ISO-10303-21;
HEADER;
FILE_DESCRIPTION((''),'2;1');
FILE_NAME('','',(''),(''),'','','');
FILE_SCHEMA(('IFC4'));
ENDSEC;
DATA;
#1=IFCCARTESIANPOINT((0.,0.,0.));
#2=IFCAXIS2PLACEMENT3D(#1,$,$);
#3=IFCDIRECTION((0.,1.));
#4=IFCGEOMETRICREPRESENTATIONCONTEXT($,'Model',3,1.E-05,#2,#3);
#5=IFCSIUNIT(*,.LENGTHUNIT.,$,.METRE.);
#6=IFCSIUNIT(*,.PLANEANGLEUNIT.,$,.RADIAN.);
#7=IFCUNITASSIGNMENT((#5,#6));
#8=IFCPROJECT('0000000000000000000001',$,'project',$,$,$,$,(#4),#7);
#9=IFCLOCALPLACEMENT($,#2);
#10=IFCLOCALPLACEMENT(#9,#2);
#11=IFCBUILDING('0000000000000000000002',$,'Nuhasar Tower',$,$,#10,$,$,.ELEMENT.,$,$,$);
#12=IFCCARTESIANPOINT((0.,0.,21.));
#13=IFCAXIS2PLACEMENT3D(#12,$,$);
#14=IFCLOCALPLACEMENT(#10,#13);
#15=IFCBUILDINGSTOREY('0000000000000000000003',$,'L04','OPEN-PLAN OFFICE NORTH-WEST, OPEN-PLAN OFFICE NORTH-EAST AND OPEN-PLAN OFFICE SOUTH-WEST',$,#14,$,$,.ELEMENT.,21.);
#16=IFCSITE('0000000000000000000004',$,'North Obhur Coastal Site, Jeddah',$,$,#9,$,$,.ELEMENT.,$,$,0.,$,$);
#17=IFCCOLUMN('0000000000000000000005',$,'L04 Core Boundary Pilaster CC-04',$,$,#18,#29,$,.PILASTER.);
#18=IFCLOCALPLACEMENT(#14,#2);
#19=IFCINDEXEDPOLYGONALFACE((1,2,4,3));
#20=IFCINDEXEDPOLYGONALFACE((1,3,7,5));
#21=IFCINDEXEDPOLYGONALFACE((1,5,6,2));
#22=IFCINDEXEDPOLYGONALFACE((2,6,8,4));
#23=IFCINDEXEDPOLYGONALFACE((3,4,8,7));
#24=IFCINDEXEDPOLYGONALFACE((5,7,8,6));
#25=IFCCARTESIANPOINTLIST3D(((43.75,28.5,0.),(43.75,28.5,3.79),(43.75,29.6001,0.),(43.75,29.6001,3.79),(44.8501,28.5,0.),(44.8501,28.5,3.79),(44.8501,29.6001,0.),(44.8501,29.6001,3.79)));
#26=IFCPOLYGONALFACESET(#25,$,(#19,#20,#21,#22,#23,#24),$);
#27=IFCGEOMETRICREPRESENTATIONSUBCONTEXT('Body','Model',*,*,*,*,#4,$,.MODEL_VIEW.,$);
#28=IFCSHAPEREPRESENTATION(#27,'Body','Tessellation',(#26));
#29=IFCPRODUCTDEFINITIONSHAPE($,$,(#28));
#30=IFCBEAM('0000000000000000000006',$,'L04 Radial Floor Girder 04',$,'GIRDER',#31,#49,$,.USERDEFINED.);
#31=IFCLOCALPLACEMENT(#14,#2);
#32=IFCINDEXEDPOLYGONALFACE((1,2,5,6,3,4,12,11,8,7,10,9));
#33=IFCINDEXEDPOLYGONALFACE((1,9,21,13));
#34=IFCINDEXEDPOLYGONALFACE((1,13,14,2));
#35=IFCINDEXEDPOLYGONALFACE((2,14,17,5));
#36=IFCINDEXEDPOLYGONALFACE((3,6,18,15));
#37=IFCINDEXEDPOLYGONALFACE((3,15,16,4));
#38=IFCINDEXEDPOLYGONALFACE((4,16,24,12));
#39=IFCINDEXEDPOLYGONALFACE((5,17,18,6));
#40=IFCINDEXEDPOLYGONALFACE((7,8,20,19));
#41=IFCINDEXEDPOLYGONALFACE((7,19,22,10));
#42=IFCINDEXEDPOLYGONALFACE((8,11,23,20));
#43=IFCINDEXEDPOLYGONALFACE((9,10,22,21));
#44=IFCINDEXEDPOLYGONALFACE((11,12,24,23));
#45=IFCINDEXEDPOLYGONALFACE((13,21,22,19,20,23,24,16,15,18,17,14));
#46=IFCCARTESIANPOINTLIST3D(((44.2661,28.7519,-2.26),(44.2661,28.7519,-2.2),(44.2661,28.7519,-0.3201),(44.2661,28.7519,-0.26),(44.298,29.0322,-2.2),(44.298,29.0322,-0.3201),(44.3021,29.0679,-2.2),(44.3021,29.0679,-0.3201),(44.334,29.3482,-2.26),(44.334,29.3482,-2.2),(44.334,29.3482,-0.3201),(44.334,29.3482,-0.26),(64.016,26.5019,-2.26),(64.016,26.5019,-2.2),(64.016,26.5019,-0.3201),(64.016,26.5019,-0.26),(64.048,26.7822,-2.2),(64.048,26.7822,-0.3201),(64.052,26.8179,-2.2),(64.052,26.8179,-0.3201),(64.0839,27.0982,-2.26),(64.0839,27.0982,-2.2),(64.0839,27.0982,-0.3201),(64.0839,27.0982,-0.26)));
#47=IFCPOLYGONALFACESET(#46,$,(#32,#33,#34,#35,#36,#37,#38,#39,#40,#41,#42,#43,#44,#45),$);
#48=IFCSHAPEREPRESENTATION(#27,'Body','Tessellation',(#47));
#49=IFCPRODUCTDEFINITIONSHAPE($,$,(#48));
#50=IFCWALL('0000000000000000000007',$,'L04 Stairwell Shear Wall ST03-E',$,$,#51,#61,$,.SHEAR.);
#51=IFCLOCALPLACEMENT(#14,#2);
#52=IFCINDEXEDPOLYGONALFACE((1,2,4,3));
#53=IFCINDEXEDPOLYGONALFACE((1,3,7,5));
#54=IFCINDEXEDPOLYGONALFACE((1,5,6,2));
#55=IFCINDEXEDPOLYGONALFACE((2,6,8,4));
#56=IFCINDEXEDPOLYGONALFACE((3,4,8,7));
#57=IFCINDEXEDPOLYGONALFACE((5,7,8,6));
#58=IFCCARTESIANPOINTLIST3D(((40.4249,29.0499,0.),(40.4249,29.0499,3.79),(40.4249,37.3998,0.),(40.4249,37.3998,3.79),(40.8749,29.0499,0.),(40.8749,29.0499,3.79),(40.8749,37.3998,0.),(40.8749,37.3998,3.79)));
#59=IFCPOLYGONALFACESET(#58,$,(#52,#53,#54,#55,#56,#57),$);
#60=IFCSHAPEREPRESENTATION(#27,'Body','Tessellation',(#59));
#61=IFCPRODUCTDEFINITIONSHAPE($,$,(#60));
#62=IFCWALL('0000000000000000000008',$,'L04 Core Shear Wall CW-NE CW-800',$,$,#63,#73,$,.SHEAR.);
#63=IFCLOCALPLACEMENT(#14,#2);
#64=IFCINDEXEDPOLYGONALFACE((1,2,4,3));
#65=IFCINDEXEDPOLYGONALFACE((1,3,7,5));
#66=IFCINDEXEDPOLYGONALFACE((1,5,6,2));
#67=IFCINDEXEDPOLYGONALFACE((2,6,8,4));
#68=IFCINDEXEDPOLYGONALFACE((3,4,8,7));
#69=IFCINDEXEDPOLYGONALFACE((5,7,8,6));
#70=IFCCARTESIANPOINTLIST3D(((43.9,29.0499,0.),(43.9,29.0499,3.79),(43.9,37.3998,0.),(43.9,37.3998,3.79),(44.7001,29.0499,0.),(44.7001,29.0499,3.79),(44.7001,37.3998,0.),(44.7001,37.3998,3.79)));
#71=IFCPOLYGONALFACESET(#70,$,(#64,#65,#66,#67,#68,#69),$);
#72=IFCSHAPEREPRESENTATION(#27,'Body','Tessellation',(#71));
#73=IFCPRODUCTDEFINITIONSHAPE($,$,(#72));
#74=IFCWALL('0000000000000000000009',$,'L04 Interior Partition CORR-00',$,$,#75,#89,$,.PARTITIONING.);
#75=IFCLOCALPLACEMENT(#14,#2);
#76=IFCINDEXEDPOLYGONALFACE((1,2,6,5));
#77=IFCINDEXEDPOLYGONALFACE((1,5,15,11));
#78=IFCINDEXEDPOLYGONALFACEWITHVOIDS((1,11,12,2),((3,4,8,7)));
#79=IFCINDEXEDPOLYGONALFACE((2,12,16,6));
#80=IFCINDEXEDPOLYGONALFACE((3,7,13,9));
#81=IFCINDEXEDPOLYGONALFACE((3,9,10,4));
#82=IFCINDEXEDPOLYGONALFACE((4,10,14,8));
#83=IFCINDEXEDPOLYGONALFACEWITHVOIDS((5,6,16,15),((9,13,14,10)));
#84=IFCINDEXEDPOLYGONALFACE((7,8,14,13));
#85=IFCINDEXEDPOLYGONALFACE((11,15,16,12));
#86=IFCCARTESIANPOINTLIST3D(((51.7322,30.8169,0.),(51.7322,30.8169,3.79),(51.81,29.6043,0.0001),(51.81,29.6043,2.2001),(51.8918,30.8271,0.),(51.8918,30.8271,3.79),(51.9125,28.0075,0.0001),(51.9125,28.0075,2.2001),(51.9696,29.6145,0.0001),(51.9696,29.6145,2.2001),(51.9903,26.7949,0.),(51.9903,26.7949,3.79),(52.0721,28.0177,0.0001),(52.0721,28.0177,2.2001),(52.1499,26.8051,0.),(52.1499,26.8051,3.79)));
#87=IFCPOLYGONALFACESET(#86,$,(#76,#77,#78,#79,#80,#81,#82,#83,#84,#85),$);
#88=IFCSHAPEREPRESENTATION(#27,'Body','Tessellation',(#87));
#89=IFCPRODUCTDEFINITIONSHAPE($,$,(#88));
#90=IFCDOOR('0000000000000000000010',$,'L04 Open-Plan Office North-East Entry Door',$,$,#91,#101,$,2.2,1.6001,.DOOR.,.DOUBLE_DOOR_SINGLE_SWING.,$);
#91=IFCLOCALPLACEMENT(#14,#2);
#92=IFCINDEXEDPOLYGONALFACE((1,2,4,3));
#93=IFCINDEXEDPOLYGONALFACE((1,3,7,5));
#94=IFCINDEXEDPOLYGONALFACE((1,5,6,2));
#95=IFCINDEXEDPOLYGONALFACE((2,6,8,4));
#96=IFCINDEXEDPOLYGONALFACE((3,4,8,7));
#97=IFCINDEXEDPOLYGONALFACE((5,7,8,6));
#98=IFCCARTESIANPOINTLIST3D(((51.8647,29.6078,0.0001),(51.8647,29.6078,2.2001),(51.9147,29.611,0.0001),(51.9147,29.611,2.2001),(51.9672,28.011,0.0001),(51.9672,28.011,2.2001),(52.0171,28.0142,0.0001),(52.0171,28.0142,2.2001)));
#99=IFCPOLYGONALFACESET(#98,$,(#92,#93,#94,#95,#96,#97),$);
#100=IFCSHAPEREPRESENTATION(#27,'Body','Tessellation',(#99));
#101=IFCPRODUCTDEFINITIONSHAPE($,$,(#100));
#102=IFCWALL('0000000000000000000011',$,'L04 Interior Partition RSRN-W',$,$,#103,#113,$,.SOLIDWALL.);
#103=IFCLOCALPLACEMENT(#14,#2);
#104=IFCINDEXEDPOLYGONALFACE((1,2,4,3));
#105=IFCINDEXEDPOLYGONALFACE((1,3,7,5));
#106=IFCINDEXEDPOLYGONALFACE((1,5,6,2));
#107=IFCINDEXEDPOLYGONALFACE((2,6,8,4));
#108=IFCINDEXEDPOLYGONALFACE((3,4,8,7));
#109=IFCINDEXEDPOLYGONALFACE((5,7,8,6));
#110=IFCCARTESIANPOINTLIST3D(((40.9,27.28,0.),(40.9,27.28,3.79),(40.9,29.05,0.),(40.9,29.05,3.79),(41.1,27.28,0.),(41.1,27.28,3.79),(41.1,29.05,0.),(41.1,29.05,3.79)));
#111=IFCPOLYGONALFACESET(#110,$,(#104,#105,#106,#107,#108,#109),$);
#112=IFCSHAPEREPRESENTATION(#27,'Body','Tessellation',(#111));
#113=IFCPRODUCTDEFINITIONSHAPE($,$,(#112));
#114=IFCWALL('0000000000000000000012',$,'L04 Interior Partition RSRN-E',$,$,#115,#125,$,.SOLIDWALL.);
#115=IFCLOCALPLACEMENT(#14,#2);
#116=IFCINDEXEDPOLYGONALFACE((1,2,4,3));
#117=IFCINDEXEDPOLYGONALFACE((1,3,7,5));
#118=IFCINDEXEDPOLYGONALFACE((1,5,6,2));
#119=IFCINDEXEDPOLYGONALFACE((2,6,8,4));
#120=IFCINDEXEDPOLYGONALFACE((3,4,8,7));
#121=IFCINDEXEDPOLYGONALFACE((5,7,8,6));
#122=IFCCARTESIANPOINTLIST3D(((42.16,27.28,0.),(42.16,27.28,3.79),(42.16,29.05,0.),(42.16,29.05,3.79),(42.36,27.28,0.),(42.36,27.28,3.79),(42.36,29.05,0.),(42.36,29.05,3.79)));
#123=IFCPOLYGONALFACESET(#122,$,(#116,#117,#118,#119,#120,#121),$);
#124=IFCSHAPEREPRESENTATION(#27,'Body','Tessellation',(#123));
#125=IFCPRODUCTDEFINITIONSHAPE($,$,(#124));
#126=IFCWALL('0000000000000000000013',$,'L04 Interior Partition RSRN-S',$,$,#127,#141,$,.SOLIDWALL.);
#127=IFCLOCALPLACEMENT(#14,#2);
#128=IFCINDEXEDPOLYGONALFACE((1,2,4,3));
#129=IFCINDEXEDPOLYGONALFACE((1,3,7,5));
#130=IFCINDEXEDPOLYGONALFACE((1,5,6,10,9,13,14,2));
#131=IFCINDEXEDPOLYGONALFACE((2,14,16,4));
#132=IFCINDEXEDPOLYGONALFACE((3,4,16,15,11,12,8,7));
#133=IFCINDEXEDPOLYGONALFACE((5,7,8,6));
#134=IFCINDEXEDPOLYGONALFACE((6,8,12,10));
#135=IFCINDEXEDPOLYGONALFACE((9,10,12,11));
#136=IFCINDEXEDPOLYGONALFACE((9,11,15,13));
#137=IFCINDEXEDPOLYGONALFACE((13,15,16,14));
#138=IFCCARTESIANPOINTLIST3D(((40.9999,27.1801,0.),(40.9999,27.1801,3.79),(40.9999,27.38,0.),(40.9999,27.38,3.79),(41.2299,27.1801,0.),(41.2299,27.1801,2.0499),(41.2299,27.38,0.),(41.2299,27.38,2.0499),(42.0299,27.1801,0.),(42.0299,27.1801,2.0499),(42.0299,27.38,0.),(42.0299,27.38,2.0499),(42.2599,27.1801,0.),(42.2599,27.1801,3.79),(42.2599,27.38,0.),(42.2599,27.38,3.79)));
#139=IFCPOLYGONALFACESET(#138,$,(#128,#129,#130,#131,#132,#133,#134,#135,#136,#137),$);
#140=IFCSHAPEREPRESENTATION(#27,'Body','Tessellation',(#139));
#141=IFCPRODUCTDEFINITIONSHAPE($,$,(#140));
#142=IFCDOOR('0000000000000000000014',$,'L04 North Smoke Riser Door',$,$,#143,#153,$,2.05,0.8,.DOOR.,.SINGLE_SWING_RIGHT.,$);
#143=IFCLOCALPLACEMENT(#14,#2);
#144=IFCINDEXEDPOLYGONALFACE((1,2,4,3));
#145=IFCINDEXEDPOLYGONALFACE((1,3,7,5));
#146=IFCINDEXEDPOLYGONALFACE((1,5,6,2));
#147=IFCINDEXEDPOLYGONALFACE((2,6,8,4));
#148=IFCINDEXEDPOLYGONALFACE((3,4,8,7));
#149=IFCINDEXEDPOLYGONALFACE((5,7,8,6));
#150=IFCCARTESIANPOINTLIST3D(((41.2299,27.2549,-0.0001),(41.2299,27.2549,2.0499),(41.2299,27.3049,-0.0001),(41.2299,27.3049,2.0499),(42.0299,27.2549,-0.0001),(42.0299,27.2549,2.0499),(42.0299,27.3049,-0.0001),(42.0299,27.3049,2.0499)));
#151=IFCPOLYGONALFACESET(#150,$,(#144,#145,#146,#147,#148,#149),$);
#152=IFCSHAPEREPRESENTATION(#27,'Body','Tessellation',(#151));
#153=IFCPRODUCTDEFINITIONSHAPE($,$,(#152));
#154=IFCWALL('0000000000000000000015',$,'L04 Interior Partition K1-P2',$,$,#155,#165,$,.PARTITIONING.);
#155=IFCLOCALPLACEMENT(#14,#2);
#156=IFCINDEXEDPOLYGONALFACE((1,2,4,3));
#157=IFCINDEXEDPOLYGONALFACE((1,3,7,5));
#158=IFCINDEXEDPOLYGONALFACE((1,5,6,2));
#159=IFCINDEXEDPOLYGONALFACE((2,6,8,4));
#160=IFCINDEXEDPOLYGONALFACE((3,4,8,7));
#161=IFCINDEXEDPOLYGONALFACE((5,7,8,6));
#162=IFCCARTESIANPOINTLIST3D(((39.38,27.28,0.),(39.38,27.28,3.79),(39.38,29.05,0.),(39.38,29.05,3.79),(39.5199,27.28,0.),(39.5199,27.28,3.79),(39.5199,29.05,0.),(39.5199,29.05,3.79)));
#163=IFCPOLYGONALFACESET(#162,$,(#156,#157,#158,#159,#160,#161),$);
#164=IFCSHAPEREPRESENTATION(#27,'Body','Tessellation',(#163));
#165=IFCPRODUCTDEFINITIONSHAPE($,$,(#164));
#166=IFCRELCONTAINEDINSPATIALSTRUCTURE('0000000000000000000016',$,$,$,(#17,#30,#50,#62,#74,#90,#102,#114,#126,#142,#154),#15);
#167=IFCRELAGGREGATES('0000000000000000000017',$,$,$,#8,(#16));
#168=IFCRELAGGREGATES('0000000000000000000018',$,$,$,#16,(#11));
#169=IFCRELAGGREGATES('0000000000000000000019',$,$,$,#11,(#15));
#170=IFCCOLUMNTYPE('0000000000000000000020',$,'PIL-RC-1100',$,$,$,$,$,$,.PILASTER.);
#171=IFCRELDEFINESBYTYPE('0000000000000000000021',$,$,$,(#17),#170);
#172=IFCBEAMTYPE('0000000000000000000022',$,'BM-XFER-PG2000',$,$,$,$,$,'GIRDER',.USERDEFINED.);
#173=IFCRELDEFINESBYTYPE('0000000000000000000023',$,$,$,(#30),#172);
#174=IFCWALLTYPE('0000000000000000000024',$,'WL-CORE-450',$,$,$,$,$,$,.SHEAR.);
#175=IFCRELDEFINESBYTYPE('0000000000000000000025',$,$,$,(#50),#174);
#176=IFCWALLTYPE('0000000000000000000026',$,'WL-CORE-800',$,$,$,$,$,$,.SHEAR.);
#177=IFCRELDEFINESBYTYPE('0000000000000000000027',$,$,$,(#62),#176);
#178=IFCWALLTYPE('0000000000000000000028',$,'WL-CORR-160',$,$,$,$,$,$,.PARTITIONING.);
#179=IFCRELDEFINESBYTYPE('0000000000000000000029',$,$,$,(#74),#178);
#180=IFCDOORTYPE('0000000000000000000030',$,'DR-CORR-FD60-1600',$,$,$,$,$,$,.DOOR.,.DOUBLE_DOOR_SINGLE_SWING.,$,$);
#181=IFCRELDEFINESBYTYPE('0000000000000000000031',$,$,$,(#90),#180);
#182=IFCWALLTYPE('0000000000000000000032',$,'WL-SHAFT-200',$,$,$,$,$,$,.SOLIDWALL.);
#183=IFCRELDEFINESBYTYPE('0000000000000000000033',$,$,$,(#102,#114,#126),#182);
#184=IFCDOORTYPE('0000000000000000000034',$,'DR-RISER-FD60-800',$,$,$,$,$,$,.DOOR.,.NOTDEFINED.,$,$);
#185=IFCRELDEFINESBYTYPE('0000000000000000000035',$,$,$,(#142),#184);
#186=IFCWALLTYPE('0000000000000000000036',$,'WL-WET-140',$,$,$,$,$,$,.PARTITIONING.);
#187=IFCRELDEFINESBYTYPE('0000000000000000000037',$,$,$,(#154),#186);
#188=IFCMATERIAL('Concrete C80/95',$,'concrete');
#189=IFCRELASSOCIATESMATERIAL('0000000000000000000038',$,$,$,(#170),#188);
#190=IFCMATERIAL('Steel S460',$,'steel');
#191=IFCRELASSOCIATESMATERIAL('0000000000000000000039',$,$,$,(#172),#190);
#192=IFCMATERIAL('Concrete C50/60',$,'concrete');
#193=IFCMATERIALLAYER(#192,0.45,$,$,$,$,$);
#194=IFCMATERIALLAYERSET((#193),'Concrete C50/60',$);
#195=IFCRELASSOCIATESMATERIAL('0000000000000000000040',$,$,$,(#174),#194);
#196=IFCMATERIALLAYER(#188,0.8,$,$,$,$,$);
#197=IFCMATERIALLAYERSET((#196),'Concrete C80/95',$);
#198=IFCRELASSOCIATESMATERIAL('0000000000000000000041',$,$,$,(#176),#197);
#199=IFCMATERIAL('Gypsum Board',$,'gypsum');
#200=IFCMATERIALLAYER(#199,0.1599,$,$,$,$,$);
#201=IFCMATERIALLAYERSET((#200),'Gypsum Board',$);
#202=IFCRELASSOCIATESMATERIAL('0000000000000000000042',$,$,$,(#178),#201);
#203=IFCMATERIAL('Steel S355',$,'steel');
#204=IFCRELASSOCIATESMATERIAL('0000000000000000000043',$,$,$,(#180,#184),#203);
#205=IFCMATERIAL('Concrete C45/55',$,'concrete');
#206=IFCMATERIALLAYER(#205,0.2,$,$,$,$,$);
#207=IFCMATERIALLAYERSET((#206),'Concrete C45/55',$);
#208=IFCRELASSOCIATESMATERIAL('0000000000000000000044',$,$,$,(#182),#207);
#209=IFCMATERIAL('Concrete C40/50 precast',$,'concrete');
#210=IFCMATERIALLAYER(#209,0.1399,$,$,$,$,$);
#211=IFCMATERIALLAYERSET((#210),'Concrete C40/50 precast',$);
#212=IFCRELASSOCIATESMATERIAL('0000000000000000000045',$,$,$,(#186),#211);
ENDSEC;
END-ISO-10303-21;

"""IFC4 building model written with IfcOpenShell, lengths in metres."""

from ifc_helpers import new_model, si_unit, direction, frame, frame_2d, origin, origin_2d, place, context, subcontext, project, spatial, rectangle, i_section, extrude, material, layer, layer_set, material_profile, profile_set, type_object, element, fill, save


model = new_model("IFC4")

# Units and contexts
model_context = context("Model", 3, precision=1e-05, world=origin(), true_north=direction((0.0, 1.0)))
body_context = subcontext(model_context, "Body", "Model", "MODEL_VIEW")
ifc_project = project(units=[si_unit("LENGTHUNIT", "METRE"), si_unit("PLANEANGLEUNIT", "RADIAN")], contexts=[model_context])

# Site, building, storey
site_placement = place(None, origin())
site = spatial("IfcSite", under=ifc_project, at=site_placement, Name="North Obhur Coastal Site, Jeddah", CompositionType="ELEMENT", RefElevation=0.0)
building_placement = place(site_placement, origin())
building = spatial("IfcBuilding", under=site, at=building_placement, Name="Nuhasar Tower", CompositionType="ELEMENT")
storey_placement = place(building_placement, frame((0.0, 0.0, 21.0)))
storey = spatial("IfcBuildingStorey", under=building, at=storey_placement, Name="L04", Description="OPEN-PLAN OFFICE NORTH-WEST, OPEN-PLAN OFFICE NORTH-EAST AND OPEN-PLAN OFFICE SOUTH-WEST", CompositionType="ELEMENT", Elevation=21.0)

# Column
ifc_material_1 = material(Name="Concrete C80/95", Category="concrete")
ifc_material_profile_1 = material_profile(ifc_material_1, rectangle(XDim=1.1001, YDim=1.1001, at=origin_2d()), Name="RC1100X1100")
ifc_profile_set_1 = profile_set([ifc_material_profile_1], Name="Concrete C80/95")
column_type = type_object("IfcColumnType", Name="PIL-RC-1100", PredefinedType="PILASTER", material=ifc_profile_set_1)
column_placement = place(storey_placement, frame((44.3, 29.05, 0.0), z_axis=(0.0, 0.0, 1.0), x_axis=(1.0, 0.0, 0.0)))
element("IfcColumn", 1, at=column_placement, inside=storey, type_object=column_type, Name="L04 Core Boundary Pilaster CC-04", PredefinedType="PILASTER", context=body_context, shape_type="SweptSolid", body=[
    extrude(rectangle(XDim=1.1001, YDim=1.1001, at=origin_2d()), origin(), (0.0, 0.0, 1.0), 3.79),
])

# Beam
ifc_material_2 = material(Name="Steel S460", Category="steel")
ifc_material_profile_2 = material_profile(ifc_material_2, i_section(OverallWidth=0.6001, OverallDepth=2.0, WebThickness=0.0359, FlangeThickness=0.0601, at=origin_2d()), Name="PG2000X600")
ifc_profile_set_2 = profile_set([ifc_material_profile_2], Name="Steel S460")
beam_type = type_object("IfcBeamType", Name="BM-XFER-PG2000", ElementType="GIRDER", PredefinedType="USERDEFINED", material=ifc_profile_set_2)
beam_placement = place(storey_placement, frame((44.3, 29.05, -1.26), z_axis=(0.993573, -0.113192, 0.0), x_axis=(0.113192, 0.993573, 0.0)))
element("IfcBeam", 2, at=beam_placement, inside=storey, type_object=beam_type, Name="L04 Radial Floor Girder 04", ObjectType="GIRDER", PredefinedType="USERDEFINED", context=body_context, shape_type="SweptSolid", body=[
    extrude(i_section(OverallWidth=0.6001, OverallDepth=2.0, WebThickness=0.0359, FlangeThickness=0.0601, at=origin_2d()), origin(), (0.0, 0.0, 1.0), 19.8777),
])

# Walls
ifc_material_3 = material(Name="Concrete C50/60", Category="concrete")
ifc_layer_1 = layer(ifc_material_3, 0.45)
ifc_layer_set_1 = layer_set([ifc_layer_1], Name="Concrete C50/60")
wall_type_1 = type_object("IfcWallType", Name="WL-CORE-450", PredefinedType="SHEAR", material=ifc_layer_set_1)
wall_1_placement = place(storey_placement, frame((40.6499, 29.05, 0.0), z_axis=(0.0, 0.0, 1.0), x_axis=(0.0, 1.0, 0.0)))
element("IfcWall", 3, at=wall_1_placement, inside=storey, type_object=wall_type_1, Name="L04 Stairwell Shear Wall ST03-E", PredefinedType="SHEAR", context=body_context, shape_type="SweptSolid", body=[
    extrude(rectangle(XDim=8.3499, YDim=0.45, at=frame_2d((4.1748, 0.0))), origin(), (0.0, 0.0, 1.0), 3.79),
])
ifc_layer_2 = layer(ifc_material_1, 0.8)
ifc_layer_set_2 = layer_set([ifc_layer_2], Name="Concrete C80/95")
wall_type_2 = type_object("IfcWallType", Name="WL-CORE-800", PredefinedType="SHEAR", material=ifc_layer_set_2)
wall_2_placement = place(storey_placement, frame((44.3, 29.05, 0.0), z_axis=(0.0, 0.0, 1.0), x_axis=(0.0, 1.0, 0.0)))
element("IfcWall", 4, at=wall_2_placement, inside=storey, type_object=wall_type_2, Name="L04 Core Shear Wall CW-NE CW-800", PredefinedType="SHEAR", context=body_context, shape_type="SweptSolid", body=[
    extrude(rectangle(XDim=8.3499, YDim=0.8, at=frame_2d((4.1748, 0.0))), origin(), (0.0, 0.0, 1.0), 3.79),
])

# Wall, opening, door
ifc_material_4 = material(Name="Gypsum Board", Category="gypsum")
ifc_layer_3 = layer(ifc_material_4, 0.1599)
ifc_layer_set_3 = layer_set([ifc_layer_3], Name="Gypsum Board")
wall_type_3 = type_object("IfcWallType", Name="WL-CORR-160", PredefinedType="PARTITIONING", material=ifc_layer_set_3)
wall_3_placement = place(storey_placement, frame((51.812, 30.822, 0.0), z_axis=(0.0, 0.0, 1.0), x_axis=(0.06403, -0.997948, 0.0)))
wall_3 = element("IfcWall", 5, at=wall_3_placement, inside=storey, type_object=wall_type_3, Name="L04 Interior Partition CORR-00", PredefinedType="PARTITIONING", context=body_context, shape_type="SweptSolid", body=[
    extrude(rectangle(XDim=4.0303, YDim=0.1599, at=frame_2d((2.0151, 0.0))), origin(), (0.0, 0.0, 1.0), 3.79),
])
opening_1_placement = place(wall_3_placement, frame((1.2151, 0.0, 0.0)))
opening_1 = element("IfcOpeningElement", 6, at=opening_1_placement, cuts=wall_3, PredefinedType="OPENING", context=body_context, shape_type="SweptSolid", body=[
    extrude(rectangle(XDim=1.6001, YDim=2.2, at=frame_2d((0.8, 1.1001))), frame((0.0, 0.0898, 0.0), z_axis=(0.0, -1.0, 0.0), x_axis=(1.0, 0.0, 0.0)), (0.0, 0.0, 1.0), 0.1799),
])
ifc_material_5 = material(Name="Steel S355", Category="steel")
door_type_1 = type_object("IfcDoorType", Name="DR-CORR-FD60-1600", OperationType="DOUBLE_DOOR_SINGLE_SWING", PredefinedType="DOOR", material=ifc_material_5)
door_1_placement = place(opening_1_placement, origin())
door_1 = element("IfcDoor", 7, at=door_1_placement, inside=storey, type_object=door_type_1, Name="L04 Open-Plan Office North-East Entry Door", OperationType="DOUBLE_DOOR_SINGLE_SWING", OverallHeight=2.2, OverallWidth=1.6001, PredefinedType="DOOR", context=body_context, shape_type="SweptSolid", body=[
    extrude(rectangle(XDim=1.6001, YDim=2.2, at=frame_2d((0.8, 1.1001))), frame((0.0, 0.0249, 0.0), z_axis=(0.0, -1.0, 0.0), x_axis=(1.0, 0.0, 0.0)), (0.0, 0.0, 1.0), 0.05),
])
fill(opening_1, door_1)

# Walls
ifc_material_6 = material(Name="Concrete C45/55", Category="concrete")
ifc_layer_4 = layer(ifc_material_6, 0.2)
ifc_layer_set_4 = layer_set([ifc_layer_4], Name="Concrete C45/55")
wall_type_4 = type_object("IfcWallType", Name="WL-SHAFT-200", PredefinedType="SOLIDWALL", material=ifc_layer_set_4)
for number, where, z_axis, x_axis, name in (
    (8, (41.0, 27.28, 0.0), (0.0, 0.0, 1.0), (0.0, 1.0, 0.0), "L04 Interior Partition RSRN-W"),
    (9, (42.26, 27.28, 0.0), (0.0, 0.0, 1.0), (0.0, 1.0, 0.0), "L04 Interior Partition RSRN-E"),
):
    element("IfcWall", number, at=place(storey_placement, frame(where, z_axis=z_axis, x_axis=x_axis)), inside=storey, type_object=wall_type_4, Name=name, PredefinedType="SOLIDWALL", context=body_context, shape_type="SweptSolid", body=[
        extrude(rectangle(XDim=1.77, YDim=0.2, at=frame_2d((0.885, 0.0))), origin(), (0.0, 0.0, 1.0), 3.79),
    ])

# Wall, opening, door
wall_4_placement = place(storey_placement, frame((41.0, 27.28, 0.0), z_axis=(0.0, 0.0, 1.0), x_axis=(1.0, 0.0, 0.0)))
wall_4 = element("IfcWall", 10, at=wall_4_placement, inside=storey, type_object=wall_type_4, Name="L04 Interior Partition RSRN-S", PredefinedType="SOLIDWALL", context=body_context, shape_type="SweptSolid", body=[
    extrude(rectangle(XDim=1.26, YDim=0.2, at=frame_2d((0.6299, 0.0))), origin(), (0.0, 0.0, 1.0), 3.79),
])
opening_2_placement = place(wall_4_placement, frame((0.23, 0.0, 0.0)))
opening_2 = element("IfcOpeningElement", 11, at=opening_2_placement, cuts=wall_4, PredefinedType="OPENING", context=body_context, shape_type="SweptSolid", body=[
    extrude(rectangle(XDim=0.8, YDim=2.05, at=frame_2d((0.3999, 1.0249))), frame((0.0, 0.1099, 0.0), z_axis=(0.0, -1.0, 0.0), x_axis=(1.0, 0.0, 0.0)), (0.0, 0.0, 1.0), 0.22),
])
door_type_2 = type_object("IfcDoorType", Name="DR-RISER-FD60-800", OperationType="NOTDEFINED", PredefinedType="DOOR", material=ifc_material_5)
door_2_placement = place(opening_2_placement, origin())
door_2 = element("IfcDoor", 12, at=door_2_placement, inside=storey, type_object=door_type_2, Name="L04 North Smoke Riser Door", OperationType="SINGLE_SWING_RIGHT", OverallHeight=2.05, OverallWidth=0.8, PredefinedType="DOOR", context=body_context, shape_type="SweptSolid", body=[
    extrude(rectangle(XDim=0.8, YDim=2.05, at=frame_2d((0.3999, 1.0249))), frame((0.0, 0.0249, 0.0), z_axis=(0.0, -1.0, 0.0), x_axis=(1.0, 0.0, 0.0)), (0.0, 0.0, 1.0), 0.05),
])
fill(opening_2, door_2)

# Wall
ifc_material_7 = material(Name="Concrete C40/50 precast", Category="concrete")
ifc_layer_5 = layer(ifc_material_7, 0.1399)
ifc_layer_set_5 = layer_set([ifc_layer_5], Name="Concrete C40/50 precast")
wall_type_5 = type_object("IfcWallType", Name="WL-WET-140", PredefinedType="PARTITIONING", material=ifc_layer_set_5)
wall_5_placement = place(storey_placement, frame((39.45, 27.28, 0.0), z_axis=(0.0, 0.0, 1.0), x_axis=(0.0, 1.0, 0.0)))
element("IfcWall", 13, at=wall_5_placement, inside=storey, type_object=wall_type_5, Name="L04 Interior Partition K1-P2", PredefinedType="PARTITIONING", context=body_context, shape_type="SweptSolid", body=[
    extrude(rectangle(XDim=1.77, YDim=0.1399, at=frame_2d((0.885, 0.0))), origin(), (0.0, 0.0, 1.0), 3.79),
])

save(model, "model.ifc")
